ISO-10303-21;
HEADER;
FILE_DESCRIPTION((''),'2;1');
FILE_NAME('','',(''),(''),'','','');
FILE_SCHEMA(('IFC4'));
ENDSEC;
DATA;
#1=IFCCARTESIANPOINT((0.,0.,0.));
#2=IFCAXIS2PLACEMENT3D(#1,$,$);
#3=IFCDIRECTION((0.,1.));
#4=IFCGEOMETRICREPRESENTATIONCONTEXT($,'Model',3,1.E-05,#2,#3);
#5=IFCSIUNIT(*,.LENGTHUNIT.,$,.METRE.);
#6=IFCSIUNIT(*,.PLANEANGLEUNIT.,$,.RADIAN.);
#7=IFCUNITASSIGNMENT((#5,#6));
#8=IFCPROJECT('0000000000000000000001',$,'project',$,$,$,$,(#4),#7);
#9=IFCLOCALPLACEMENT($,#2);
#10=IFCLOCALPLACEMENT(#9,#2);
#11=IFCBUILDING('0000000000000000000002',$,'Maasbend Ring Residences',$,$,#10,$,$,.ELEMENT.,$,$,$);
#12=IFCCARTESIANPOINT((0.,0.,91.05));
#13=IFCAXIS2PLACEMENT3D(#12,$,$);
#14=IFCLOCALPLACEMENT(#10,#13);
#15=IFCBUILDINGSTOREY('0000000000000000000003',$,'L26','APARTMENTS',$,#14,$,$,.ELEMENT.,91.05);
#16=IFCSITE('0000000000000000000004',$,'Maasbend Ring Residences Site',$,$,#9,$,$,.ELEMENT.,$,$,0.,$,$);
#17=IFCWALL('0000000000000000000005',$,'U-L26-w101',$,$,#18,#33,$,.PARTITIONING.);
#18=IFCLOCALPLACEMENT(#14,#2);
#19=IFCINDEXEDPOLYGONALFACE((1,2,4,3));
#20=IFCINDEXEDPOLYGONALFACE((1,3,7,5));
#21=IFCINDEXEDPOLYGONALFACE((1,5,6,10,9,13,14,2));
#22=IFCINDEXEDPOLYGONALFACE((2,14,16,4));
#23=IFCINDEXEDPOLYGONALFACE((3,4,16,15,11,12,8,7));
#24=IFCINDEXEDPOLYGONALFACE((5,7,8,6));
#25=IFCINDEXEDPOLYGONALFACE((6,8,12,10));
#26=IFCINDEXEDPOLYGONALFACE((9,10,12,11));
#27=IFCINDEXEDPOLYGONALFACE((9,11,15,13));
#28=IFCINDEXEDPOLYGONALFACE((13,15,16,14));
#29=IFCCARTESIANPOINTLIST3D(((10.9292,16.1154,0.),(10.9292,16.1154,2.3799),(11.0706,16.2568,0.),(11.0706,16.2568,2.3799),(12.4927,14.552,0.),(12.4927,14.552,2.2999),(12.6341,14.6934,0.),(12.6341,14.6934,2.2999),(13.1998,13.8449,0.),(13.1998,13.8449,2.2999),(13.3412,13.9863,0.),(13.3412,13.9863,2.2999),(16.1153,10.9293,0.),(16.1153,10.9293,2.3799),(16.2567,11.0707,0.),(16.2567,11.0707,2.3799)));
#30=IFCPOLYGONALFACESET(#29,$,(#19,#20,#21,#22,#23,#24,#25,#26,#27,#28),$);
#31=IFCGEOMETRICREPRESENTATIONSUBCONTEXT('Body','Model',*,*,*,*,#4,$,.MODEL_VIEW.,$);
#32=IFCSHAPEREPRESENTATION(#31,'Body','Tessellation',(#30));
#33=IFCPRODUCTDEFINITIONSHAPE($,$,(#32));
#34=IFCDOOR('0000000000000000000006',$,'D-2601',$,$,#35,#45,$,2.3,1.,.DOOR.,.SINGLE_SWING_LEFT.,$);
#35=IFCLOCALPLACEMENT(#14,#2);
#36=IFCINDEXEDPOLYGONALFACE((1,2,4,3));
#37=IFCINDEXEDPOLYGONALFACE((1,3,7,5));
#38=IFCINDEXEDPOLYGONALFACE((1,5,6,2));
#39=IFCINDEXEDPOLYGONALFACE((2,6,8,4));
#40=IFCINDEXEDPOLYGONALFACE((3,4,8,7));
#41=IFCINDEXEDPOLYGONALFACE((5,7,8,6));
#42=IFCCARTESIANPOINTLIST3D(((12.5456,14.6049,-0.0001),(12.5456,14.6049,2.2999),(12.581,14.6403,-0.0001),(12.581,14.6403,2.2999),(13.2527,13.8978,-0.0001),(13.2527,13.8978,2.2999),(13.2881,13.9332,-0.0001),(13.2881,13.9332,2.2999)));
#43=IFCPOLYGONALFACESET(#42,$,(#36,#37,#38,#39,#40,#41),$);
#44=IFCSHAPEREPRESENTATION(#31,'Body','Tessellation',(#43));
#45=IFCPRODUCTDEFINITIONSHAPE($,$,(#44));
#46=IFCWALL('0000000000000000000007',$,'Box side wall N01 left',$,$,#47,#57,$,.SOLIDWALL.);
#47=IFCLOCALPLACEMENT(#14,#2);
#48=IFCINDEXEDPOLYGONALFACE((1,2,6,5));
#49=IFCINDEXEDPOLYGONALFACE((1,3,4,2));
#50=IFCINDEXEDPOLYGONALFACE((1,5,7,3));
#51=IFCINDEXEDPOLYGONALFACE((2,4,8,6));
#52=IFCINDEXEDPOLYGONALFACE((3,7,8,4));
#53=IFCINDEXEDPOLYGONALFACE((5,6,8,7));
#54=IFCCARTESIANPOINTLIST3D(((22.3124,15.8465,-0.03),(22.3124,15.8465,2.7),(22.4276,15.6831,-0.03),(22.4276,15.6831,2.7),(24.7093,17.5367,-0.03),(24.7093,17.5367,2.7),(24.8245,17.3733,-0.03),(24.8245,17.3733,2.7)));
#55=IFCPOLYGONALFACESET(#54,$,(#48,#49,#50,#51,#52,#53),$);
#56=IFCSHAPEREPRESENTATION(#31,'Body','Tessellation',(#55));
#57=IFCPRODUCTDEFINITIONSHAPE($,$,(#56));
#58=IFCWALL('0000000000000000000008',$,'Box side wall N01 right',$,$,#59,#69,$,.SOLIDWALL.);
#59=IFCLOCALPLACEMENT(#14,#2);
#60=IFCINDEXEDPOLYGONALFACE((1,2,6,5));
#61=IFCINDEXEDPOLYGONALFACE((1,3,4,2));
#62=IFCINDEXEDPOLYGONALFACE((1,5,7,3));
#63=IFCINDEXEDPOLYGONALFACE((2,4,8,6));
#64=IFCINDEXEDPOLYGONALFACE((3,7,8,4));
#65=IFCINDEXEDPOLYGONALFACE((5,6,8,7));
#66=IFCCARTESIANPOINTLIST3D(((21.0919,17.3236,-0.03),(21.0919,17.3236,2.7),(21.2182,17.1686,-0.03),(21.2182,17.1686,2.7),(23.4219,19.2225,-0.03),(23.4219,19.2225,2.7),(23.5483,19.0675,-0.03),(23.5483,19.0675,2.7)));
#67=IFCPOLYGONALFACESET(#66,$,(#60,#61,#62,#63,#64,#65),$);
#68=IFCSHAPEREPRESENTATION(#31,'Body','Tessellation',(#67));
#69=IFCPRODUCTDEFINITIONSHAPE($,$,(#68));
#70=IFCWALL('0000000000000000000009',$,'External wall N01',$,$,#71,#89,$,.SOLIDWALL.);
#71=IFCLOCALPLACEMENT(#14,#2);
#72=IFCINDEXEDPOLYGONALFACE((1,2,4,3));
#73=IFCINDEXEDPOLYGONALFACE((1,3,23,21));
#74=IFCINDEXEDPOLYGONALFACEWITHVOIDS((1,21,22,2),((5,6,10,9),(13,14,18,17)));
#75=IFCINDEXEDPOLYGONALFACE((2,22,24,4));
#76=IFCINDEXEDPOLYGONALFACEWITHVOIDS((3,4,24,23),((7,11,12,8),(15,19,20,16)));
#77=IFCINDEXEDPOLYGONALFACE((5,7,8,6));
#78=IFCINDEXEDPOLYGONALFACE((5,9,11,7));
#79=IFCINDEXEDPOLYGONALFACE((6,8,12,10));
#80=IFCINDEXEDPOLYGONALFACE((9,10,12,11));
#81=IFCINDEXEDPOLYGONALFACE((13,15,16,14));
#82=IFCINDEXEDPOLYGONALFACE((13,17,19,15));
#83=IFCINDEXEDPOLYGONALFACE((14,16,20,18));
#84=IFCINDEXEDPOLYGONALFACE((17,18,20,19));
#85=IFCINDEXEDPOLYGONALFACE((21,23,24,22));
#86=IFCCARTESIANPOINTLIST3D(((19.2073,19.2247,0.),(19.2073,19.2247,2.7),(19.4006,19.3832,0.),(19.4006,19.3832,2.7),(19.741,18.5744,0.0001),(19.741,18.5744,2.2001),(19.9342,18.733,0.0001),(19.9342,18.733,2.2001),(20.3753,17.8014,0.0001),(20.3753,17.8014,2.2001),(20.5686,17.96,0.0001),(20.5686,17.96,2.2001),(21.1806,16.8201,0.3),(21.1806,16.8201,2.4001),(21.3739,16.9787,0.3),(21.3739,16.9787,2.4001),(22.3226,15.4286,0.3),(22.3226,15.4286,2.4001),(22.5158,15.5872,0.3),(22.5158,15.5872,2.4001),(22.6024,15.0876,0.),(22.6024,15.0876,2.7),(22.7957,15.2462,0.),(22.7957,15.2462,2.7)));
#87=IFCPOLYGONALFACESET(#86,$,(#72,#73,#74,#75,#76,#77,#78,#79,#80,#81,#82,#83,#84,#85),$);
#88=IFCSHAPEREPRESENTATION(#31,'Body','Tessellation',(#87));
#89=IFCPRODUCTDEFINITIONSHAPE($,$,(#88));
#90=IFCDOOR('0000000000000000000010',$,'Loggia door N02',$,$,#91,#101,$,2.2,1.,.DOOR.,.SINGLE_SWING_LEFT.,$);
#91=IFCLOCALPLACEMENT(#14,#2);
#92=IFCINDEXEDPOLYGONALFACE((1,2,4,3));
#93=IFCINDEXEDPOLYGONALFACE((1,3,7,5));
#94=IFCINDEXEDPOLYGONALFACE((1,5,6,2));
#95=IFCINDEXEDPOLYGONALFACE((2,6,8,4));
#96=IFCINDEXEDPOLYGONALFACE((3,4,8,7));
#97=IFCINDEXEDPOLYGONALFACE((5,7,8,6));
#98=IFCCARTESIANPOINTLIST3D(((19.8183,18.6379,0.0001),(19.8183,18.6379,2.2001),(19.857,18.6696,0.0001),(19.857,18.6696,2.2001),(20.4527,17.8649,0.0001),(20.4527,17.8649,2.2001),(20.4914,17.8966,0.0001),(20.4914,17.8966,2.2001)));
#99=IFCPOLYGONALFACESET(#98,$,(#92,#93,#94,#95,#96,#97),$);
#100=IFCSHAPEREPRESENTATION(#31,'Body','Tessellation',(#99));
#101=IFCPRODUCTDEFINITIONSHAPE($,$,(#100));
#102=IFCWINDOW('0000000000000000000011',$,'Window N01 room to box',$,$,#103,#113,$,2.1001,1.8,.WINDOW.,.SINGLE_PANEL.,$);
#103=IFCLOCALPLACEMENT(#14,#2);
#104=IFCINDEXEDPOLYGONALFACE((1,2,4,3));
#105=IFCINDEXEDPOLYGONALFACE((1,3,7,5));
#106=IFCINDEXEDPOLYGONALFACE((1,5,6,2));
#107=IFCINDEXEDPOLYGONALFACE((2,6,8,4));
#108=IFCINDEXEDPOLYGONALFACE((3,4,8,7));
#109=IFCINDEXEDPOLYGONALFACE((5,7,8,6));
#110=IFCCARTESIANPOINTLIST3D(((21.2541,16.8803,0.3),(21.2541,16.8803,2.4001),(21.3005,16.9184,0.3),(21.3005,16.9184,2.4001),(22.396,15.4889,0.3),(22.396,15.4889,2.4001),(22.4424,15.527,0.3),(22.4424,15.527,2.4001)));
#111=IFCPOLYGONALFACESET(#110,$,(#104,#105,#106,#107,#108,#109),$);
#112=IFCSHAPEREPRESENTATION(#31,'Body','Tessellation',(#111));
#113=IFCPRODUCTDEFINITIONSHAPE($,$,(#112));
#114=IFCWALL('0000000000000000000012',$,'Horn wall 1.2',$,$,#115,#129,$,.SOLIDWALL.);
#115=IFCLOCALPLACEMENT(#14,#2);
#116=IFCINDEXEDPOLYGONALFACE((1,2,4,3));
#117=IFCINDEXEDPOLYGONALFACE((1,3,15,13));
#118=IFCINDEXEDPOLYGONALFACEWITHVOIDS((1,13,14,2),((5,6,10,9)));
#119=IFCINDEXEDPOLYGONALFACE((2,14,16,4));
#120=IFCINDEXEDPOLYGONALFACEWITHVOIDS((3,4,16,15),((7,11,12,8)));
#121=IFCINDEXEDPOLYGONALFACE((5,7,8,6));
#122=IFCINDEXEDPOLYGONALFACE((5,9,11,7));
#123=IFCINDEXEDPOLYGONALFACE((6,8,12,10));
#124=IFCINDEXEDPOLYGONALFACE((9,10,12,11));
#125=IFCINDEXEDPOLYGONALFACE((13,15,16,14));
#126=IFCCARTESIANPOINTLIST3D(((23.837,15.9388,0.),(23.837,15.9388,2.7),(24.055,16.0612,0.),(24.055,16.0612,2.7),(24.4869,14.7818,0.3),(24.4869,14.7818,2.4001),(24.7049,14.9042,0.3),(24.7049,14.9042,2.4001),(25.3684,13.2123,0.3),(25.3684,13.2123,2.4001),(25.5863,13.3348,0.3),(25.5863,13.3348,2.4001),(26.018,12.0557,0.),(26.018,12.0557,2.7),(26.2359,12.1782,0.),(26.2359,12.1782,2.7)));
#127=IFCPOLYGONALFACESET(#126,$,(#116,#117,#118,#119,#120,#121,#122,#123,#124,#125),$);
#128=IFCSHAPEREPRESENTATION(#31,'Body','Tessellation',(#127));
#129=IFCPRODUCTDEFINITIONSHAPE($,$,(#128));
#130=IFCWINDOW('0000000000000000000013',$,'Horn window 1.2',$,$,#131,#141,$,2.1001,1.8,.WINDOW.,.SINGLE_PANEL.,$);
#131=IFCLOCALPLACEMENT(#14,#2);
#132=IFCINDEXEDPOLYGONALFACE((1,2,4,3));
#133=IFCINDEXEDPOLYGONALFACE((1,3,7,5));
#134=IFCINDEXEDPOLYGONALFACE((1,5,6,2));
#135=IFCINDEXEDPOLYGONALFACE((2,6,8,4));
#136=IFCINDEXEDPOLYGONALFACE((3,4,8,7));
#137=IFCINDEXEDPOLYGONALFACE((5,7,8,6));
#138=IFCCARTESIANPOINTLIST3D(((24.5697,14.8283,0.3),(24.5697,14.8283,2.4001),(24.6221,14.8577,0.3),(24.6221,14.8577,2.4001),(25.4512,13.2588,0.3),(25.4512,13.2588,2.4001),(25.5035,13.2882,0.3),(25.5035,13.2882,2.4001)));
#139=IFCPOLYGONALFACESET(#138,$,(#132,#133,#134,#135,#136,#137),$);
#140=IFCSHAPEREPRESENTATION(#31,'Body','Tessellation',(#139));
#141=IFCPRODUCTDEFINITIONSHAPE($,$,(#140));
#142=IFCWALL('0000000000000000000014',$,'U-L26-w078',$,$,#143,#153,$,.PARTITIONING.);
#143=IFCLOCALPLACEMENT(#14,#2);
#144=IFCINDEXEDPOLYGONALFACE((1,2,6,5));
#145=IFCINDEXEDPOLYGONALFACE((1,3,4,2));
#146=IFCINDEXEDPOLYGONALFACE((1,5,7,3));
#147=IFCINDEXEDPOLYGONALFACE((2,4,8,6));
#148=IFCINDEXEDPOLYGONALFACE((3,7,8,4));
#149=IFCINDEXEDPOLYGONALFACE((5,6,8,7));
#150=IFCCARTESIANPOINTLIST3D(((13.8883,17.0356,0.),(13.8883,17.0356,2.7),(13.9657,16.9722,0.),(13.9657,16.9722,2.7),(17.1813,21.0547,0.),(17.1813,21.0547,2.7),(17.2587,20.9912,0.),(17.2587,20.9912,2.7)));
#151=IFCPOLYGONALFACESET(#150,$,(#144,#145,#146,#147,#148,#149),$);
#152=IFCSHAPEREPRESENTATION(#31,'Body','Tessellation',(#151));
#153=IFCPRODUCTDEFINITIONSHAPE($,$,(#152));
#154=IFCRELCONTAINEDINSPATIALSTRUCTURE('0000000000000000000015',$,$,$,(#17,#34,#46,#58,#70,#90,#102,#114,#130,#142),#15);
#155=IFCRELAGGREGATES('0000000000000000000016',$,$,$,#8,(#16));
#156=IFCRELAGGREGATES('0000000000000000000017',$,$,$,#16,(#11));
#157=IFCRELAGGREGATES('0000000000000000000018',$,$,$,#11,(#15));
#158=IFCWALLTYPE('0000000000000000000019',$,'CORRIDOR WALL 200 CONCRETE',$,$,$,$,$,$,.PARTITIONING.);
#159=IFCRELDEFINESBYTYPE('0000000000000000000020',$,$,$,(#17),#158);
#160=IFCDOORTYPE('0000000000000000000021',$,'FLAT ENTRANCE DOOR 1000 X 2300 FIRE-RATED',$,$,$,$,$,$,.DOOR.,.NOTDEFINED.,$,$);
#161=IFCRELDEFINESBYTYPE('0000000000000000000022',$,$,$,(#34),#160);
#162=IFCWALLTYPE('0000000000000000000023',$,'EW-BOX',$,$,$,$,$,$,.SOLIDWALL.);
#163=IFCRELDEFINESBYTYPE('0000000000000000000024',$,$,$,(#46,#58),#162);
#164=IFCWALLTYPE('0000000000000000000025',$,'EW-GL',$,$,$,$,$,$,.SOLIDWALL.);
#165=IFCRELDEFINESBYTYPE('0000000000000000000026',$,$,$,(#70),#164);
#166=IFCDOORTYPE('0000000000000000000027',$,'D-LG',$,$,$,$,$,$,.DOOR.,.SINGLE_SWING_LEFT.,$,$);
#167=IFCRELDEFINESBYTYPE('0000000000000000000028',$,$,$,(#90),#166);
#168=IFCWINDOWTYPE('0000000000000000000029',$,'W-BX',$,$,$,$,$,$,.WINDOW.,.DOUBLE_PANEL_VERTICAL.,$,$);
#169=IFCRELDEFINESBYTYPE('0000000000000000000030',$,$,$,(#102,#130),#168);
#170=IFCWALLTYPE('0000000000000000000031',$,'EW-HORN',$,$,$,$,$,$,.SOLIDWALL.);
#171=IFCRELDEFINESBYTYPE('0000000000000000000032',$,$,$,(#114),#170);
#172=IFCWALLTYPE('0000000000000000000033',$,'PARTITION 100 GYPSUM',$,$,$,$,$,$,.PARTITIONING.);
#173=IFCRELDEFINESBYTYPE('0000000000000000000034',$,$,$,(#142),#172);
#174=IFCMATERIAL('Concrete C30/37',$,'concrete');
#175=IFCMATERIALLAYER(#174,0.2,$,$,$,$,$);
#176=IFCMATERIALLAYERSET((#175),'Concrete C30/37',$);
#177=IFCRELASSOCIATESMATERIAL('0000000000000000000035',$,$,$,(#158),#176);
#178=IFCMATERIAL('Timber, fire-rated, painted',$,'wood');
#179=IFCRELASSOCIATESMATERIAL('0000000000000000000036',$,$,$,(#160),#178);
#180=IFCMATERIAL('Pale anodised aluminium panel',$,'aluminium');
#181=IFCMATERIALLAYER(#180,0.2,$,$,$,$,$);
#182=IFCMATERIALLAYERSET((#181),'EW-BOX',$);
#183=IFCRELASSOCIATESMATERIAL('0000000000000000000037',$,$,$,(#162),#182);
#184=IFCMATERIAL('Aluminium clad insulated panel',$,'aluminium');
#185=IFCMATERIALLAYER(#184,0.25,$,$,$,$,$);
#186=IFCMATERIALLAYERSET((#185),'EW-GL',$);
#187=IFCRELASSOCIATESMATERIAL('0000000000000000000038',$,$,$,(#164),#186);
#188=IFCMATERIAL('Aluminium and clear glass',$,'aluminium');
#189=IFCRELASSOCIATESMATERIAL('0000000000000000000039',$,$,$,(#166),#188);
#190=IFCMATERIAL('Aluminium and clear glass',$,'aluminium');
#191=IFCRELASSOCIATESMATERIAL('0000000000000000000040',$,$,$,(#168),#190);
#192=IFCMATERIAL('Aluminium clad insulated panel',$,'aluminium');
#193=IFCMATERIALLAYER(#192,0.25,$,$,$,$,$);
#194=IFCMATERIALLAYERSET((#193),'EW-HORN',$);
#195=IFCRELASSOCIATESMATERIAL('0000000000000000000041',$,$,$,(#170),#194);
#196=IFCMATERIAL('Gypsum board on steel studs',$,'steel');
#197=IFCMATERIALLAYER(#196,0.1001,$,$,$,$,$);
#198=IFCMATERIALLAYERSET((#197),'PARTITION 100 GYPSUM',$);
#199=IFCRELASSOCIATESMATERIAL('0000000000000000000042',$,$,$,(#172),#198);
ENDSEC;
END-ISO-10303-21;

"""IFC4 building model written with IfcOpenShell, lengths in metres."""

from ifc_helpers import new_model, si_unit, direction, frame, frame_2d, origin, place, context, subcontext, project, spatial, rectangle, extrude, material, layer, layer_set, type_object, element, fill, save


model = new_model("IFC4")

# Units and contexts
model_context = context("Model", 3, precision=1e-05, world=origin(), true_north=direction((0.0, 1.0)))
body_context = subcontext(model_context, "Body", "Model", "MODEL_VIEW")
ifc_project = project(units=[si_unit("LENGTHUNIT", "METRE"), si_unit("PLANEANGLEUNIT", "RADIAN")], contexts=[model_context])

# Site, building, storey
site_placement = place(None, origin())
site = spatial("IfcSite", under=ifc_project, at=site_placement, Name="Maasbend Ring Residences Site", CompositionType="ELEMENT", RefElevation=0.0)
building_placement = place(site_placement, origin())
building = spatial("IfcBuilding", under=site, at=building_placement, Name="Maasbend Ring Residences", CompositionType="ELEMENT")
storey_placement = place(building_placement, frame((0.0, 0.0, 91.05)))
storey = spatial("IfcBuildingStorey", under=building, at=storey_placement, Name="L26", Description="APARTMENTS", CompositionType="ELEMENT", Elevation=91.05)

# Wall, opening, door
ifc_material_1 = material(Name="Concrete C30/37", Category="concrete")
ifc_layer_1 = layer(ifc_material_1, 0.2)
ifc_layer_set_1 = layer_set([ifc_layer_1], Name="Concrete C30/37")
wall_type_1 = type_object("IfcWallType", Name="CORRIDOR WALL 200 CONCRETE", PredefinedType="PARTITIONING", material=ifc_layer_set_1)
wall_1_placement = place(storey_placement, frame((11.0, 16.186, 0.0), z_axis=(0.0, 0.0, 1.0), x_axis=(0.707107, -0.707107, 0.0)))
wall_1 = element("IfcWall", 1, at=wall_1_placement, inside=storey, type_object=wall_type_1, Name="U-L26-w101", PredefinedType="PARTITIONING", context=body_context, shape_type="SweptSolid", body=[
    extrude(rectangle(XDim=7.3342, YDim=0.2, at=frame_2d((3.667, 0.0))), origin(), (0.0, 0.0, 1.0), 2.3799),
])
opening_1_placement = place(wall_1_placement, frame((2.2109, 0.0, 0.0)))
opening_1 = element("IfcOpeningElement", 2, at=opening_1_placement, cuts=wall_1, PredefinedType="OPENING", context=body_context, shape_type="SweptSolid", body=[
    extrude(rectangle(XDim=1.0, YDim=2.3, at=frame_2d((0.5, 1.1499))), frame((0.0, 0.1099, 0.0), z_axis=(0.0, -1.0, 0.0), x_axis=(1.0, 0.0, 0.0)), (0.0, 0.0, 1.0), 0.22),
])
ifc_material_2 = material(Name="Timber, fire-rated, painted", Category="wood")
door_type_1 = type_object("IfcDoorType", Name="FLAT ENTRANCE DOOR 1000 X 2300 FIRE-RATED", OperationType="NOTDEFINED", PredefinedType="DOOR", material=ifc_material_2)
door_1_placement = place(opening_1_placement, origin())
door_1 = element("IfcDoor", 3, at=door_1_placement, inside=storey, type_object=door_type_1, Name="D-2601", OperationType="SINGLE_SWING_LEFT", OverallHeight=2.3, OverallWidth=1.0, PredefinedType="DOOR", context=body_context, shape_type="SweptSolid", body=[
    extrude(rectangle(XDim=1.0, YDim=2.3, at=frame_2d((0.5, 1.1499))), frame((0.0, 0.0249, 0.0), z_axis=(0.0, -1.0, 0.0), x_axis=(1.0, 0.0, 0.0)), (0.0, 0.0, 1.0), 0.05),
])
fill(opening_1, door_1)

# Walls
ifc_material_3 = material(Name="Pale anodised aluminium panel", Category="aluminium")
ifc_layer_2 = layer(ifc_material_3, 0.2)
ifc_layer_set_2 = layer_set([ifc_layer_2], Name="EW-BOX")
wall_type_2 = type_object("IfcWallType", Name="EW-BOX", PredefinedType="SOLIDWALL", material=ifc_layer_set_2)
wall_2_placement = place(storey_placement, frame((22.3701, 15.7649, -0.03), z_axis=(0.0, 0.0, 1.0), x_axis=(0.817256, 0.576275, 0.0)))
element("IfcWall", 4, at=wall_2_placement, inside=storey, type_object=wall_type_2, Name="Box side wall N01 left", PredefinedType="SOLIDWALL", context=body_context, shape_type="SweptSolid", body=[
    extrude(rectangle(XDim=2.9329, YDim=0.2, at=frame_2d((1.4663, 0.0))), origin(), (0.0, 0.0, 1.0), 2.73),
])
wall_3_placement = place(storey_placement, frame((21.155, 17.2461, -0.03), z_axis=(0.0, 0.0, 1.0), x_axis=(0.775179, 0.631742, 0.0)))
element("IfcWall", 5, at=wall_3_placement, inside=storey, type_object=wall_type_2, Name="Box side wall N01 right", PredefinedType="SOLIDWALL", context=body_context, shape_type="SweptSolid", body=[
    extrude(rectangle(XDim=3.0059, YDim=0.2, at=frame_2d((1.5029, 0.0))), origin(), (0.0, 0.0, 1.0), 2.73),
])

# Wall, openings, door, window
ifc_material_4 = material(Name="Aluminium clad insulated panel", Category="aluminium")
ifc_layer_3 = layer(ifc_material_4, 0.25)
ifc_layer_set_3 = layer_set([ifc_layer_3], Name="EW-GL")
wall_type_3 = type_object("IfcWallType", Name="EW-GL", PredefinedType="SOLIDWALL", material=ifc_layer_set_3)
wall_4_placement = place(storey_placement, frame((22.699, 15.167, 0.0), z_axis=(0.0, 0.0, 1.0), x_axis=(-0.634382, 0.773019, 0.0)))
wall_4 = element("IfcWall", 6, at=wall_4_placement, inside=storey, type_object=wall_type_3, Name="External wall N01", PredefinedType="SOLIDWALL", context=body_context, shape_type="SweptSolid", body=[
    extrude(rectangle(XDim=5.3518, YDim=0.25, at=frame_2d((2.6758, 0.0))), origin(), (0.0, 0.0, 1.0), 2.7),
])
opening_2_placement = place(wall_4_placement, frame((0.4412, 0.0, 0.3)))
opening_2 = element("IfcOpeningElement", 7, at=opening_2_placement, cuts=wall_4, PredefinedType="OPENING", context=body_context, shape_type="SweptSolid", body=[
    extrude(rectangle(XDim=1.8, YDim=2.1001, at=frame_2d((0.8999, 1.05))), frame((0.0, 0.135, 0.0), z_axis=(0.0, -1.0, 0.0), x_axis=(1.0, 0.0, 0.0)), (0.0, 0.0, 1.0), 0.27),
])
opening_3_placement = place(wall_4_placement, frame((3.5105, 0.0, 0.0)))
opening_3 = element("IfcOpeningElement", 8, at=opening_3_placement, cuts=wall_4, PredefinedType="OPENING", context=body_context, shape_type="SweptSolid", body=[
    extrude(rectangle(XDim=1.0, YDim=2.2, at=frame_2d((0.5, 1.1001))), frame((0.0, 0.135, 0.0), z_axis=(0.0, -1.0, 0.0), x_axis=(1.0, 0.0, 0.0)), (0.0, 0.0, 1.0), 0.27),
])
ifc_material_5 = material(Name="Aluminium and clear glass", Category="aluminium")
door_type_2 = type_object("IfcDoorType", Name="D-LG", OperationType="SINGLE_SWING_LEFT", PredefinedType="DOOR", material=ifc_material_5)
door_2_placement = place(opening_3_placement, origin())
door_2 = element("IfcDoor", 9, at=door_2_placement, inside=storey, type_object=door_type_2, Name="Loggia door N02", OperationType="SINGLE_SWING_LEFT", OverallHeight=2.2, OverallWidth=1.0, PredefinedType="DOOR", context=body_context, shape_type="SweptSolid", body=[
    extrude(rectangle(XDim=1.0, YDim=2.2, at=frame_2d((0.5, 1.1001))), frame((0.0, 0.0249, 0.0), z_axis=(0.0, -1.0, 0.0), x_axis=(1.0, 0.0, 0.0)), (0.0, 0.0, 1.0), 0.05),
])
fill(opening_3, door_2)
ifc_material_6 = material(Name="Aluminium and clear glass", Category="aluminium")
window_type = type_object("IfcWindowType", Name="W-BX", PartitioningType="DOUBLE_PANEL_VERTICAL", PredefinedType="WINDOW", material=ifc_material_6)
window_1_placement = place(opening_2_placement, origin())
window_1 = element("IfcWindow", 10, at=window_1_placement, inside=storey, type_object=window_type, Name="Window N01 room to box", OverallHeight=2.1001, OverallWidth=1.8, PartitioningType="SINGLE_PANEL", PredefinedType="WINDOW", context=body_context, shape_type="SweptSolid", body=[
    extrude(rectangle(XDim=1.8, YDim=2.1001, at=frame_2d((0.8999, 1.05))), frame((0.0, 0.03, 0.0), z_axis=(0.0, -1.0, 0.0), x_axis=(1.0, 0.0, 0.0)), (0.0, 0.0, 1.0), 0.0601),
])
fill(opening_2, window_1)

# Wall, opening, window
ifc_material_7 = material(Name="Aluminium clad insulated panel", Category="aluminium")
ifc_layer_4 = layer(ifc_material_7, 0.25)
ifc_layer_set_4 = layer_set([ifc_layer_4], Name="EW-HORN")
wall_type_4 = type_object("IfcWallType", Name="EW-HORN", PredefinedType="SOLIDWALL", material=ifc_layer_set_4)
wall_5_placement = place(storey_placement, frame((26.127, 12.1169, 0.0), z_axis=(0.0, 0.0, 1.0), x_axis=(-0.489696, 0.871893, 0.0)))
wall_5 = element("IfcWall", 11, at=wall_5_placement, inside=storey, type_object=wall_type_4, Name="Horn wall 1.2", PredefinedType="SOLIDWALL", context=body_context, shape_type="SweptSolid", body=[
    extrude(rectangle(XDim=4.4536, YDim=0.25, at=frame_2d((2.2268, 0.0))), origin(), (0.0, 0.0, 1.0), 2.7),
])
opening_4_placement = place(wall_5_placement, frame((1.3267, 0.0, 0.3)))
opening_4 = element("IfcOpeningElement", 12, at=opening_4_placement, cuts=wall_5, PredefinedType="OPENING", context=body_context, shape_type="SweptSolid", body=[
    extrude(rectangle(XDim=1.8, YDim=2.1001, at=frame_2d((0.8999, 1.05))), frame((0.0, 0.135, 0.0), z_axis=(0.0, -1.0, 0.0), x_axis=(1.0, 0.0, 0.0)), (0.0, 0.0, 1.0), 0.27),
])
window_2_placement = place(opening_4_placement, origin())
window_2 = element("IfcWindow", 13, at=window_2_placement, inside=storey, type_object=window_type, Name="Horn window 1.2", OverallHeight=2.1001, OverallWidth=1.8, PartitioningType="SINGLE_PANEL", PredefinedType="WINDOW", context=body_context, shape_type="SweptSolid", body=[
    extrude(rectangle(XDim=1.8, YDim=2.1001, at=frame_2d((0.8999, 1.05))), frame((0.0, 0.03, 0.0), z_axis=(0.0, -1.0, 0.0), x_axis=(1.0, 0.0, 0.0)), (0.0, 0.0, 1.0), 0.0601),
])
fill(opening_4, window_2)

# Wall
ifc_material_8 = material(Name="Gypsum board on steel studs", Category="steel")
ifc_layer_5 = layer(ifc_material_8, 0.1001)
ifc_layer_set_5 = layer_set([ifc_layer_5], Name="PARTITION 100 GYPSUM")
wall_type_5 = type_object("IfcWallType", Name="PARTITION 100 GYPSUM", PredefinedType="PARTITIONING", material=ifc_layer_set_5)
wall_6_placement = place(storey_placement, frame((13.927, 17.0039, 0.0), z_axis=(0.0, 0.0, 1.0), x_axis=(0.633775, 0.773517, 0.0)))
element("IfcWall", 14, at=wall_6_placement, inside=storey, type_object=wall_type_5, Name="U-L26-w078", PredefinedType="PARTITIONING", context=body_context, shape_type="SweptSolid", body=[
    extrude(rectangle(XDim=5.1958, YDim=0.1001, at=frame_2d((2.5979, 0.0))), origin(), (0.0, 0.0, 1.0), 2.7),
])

save(model, "model.ifc")
